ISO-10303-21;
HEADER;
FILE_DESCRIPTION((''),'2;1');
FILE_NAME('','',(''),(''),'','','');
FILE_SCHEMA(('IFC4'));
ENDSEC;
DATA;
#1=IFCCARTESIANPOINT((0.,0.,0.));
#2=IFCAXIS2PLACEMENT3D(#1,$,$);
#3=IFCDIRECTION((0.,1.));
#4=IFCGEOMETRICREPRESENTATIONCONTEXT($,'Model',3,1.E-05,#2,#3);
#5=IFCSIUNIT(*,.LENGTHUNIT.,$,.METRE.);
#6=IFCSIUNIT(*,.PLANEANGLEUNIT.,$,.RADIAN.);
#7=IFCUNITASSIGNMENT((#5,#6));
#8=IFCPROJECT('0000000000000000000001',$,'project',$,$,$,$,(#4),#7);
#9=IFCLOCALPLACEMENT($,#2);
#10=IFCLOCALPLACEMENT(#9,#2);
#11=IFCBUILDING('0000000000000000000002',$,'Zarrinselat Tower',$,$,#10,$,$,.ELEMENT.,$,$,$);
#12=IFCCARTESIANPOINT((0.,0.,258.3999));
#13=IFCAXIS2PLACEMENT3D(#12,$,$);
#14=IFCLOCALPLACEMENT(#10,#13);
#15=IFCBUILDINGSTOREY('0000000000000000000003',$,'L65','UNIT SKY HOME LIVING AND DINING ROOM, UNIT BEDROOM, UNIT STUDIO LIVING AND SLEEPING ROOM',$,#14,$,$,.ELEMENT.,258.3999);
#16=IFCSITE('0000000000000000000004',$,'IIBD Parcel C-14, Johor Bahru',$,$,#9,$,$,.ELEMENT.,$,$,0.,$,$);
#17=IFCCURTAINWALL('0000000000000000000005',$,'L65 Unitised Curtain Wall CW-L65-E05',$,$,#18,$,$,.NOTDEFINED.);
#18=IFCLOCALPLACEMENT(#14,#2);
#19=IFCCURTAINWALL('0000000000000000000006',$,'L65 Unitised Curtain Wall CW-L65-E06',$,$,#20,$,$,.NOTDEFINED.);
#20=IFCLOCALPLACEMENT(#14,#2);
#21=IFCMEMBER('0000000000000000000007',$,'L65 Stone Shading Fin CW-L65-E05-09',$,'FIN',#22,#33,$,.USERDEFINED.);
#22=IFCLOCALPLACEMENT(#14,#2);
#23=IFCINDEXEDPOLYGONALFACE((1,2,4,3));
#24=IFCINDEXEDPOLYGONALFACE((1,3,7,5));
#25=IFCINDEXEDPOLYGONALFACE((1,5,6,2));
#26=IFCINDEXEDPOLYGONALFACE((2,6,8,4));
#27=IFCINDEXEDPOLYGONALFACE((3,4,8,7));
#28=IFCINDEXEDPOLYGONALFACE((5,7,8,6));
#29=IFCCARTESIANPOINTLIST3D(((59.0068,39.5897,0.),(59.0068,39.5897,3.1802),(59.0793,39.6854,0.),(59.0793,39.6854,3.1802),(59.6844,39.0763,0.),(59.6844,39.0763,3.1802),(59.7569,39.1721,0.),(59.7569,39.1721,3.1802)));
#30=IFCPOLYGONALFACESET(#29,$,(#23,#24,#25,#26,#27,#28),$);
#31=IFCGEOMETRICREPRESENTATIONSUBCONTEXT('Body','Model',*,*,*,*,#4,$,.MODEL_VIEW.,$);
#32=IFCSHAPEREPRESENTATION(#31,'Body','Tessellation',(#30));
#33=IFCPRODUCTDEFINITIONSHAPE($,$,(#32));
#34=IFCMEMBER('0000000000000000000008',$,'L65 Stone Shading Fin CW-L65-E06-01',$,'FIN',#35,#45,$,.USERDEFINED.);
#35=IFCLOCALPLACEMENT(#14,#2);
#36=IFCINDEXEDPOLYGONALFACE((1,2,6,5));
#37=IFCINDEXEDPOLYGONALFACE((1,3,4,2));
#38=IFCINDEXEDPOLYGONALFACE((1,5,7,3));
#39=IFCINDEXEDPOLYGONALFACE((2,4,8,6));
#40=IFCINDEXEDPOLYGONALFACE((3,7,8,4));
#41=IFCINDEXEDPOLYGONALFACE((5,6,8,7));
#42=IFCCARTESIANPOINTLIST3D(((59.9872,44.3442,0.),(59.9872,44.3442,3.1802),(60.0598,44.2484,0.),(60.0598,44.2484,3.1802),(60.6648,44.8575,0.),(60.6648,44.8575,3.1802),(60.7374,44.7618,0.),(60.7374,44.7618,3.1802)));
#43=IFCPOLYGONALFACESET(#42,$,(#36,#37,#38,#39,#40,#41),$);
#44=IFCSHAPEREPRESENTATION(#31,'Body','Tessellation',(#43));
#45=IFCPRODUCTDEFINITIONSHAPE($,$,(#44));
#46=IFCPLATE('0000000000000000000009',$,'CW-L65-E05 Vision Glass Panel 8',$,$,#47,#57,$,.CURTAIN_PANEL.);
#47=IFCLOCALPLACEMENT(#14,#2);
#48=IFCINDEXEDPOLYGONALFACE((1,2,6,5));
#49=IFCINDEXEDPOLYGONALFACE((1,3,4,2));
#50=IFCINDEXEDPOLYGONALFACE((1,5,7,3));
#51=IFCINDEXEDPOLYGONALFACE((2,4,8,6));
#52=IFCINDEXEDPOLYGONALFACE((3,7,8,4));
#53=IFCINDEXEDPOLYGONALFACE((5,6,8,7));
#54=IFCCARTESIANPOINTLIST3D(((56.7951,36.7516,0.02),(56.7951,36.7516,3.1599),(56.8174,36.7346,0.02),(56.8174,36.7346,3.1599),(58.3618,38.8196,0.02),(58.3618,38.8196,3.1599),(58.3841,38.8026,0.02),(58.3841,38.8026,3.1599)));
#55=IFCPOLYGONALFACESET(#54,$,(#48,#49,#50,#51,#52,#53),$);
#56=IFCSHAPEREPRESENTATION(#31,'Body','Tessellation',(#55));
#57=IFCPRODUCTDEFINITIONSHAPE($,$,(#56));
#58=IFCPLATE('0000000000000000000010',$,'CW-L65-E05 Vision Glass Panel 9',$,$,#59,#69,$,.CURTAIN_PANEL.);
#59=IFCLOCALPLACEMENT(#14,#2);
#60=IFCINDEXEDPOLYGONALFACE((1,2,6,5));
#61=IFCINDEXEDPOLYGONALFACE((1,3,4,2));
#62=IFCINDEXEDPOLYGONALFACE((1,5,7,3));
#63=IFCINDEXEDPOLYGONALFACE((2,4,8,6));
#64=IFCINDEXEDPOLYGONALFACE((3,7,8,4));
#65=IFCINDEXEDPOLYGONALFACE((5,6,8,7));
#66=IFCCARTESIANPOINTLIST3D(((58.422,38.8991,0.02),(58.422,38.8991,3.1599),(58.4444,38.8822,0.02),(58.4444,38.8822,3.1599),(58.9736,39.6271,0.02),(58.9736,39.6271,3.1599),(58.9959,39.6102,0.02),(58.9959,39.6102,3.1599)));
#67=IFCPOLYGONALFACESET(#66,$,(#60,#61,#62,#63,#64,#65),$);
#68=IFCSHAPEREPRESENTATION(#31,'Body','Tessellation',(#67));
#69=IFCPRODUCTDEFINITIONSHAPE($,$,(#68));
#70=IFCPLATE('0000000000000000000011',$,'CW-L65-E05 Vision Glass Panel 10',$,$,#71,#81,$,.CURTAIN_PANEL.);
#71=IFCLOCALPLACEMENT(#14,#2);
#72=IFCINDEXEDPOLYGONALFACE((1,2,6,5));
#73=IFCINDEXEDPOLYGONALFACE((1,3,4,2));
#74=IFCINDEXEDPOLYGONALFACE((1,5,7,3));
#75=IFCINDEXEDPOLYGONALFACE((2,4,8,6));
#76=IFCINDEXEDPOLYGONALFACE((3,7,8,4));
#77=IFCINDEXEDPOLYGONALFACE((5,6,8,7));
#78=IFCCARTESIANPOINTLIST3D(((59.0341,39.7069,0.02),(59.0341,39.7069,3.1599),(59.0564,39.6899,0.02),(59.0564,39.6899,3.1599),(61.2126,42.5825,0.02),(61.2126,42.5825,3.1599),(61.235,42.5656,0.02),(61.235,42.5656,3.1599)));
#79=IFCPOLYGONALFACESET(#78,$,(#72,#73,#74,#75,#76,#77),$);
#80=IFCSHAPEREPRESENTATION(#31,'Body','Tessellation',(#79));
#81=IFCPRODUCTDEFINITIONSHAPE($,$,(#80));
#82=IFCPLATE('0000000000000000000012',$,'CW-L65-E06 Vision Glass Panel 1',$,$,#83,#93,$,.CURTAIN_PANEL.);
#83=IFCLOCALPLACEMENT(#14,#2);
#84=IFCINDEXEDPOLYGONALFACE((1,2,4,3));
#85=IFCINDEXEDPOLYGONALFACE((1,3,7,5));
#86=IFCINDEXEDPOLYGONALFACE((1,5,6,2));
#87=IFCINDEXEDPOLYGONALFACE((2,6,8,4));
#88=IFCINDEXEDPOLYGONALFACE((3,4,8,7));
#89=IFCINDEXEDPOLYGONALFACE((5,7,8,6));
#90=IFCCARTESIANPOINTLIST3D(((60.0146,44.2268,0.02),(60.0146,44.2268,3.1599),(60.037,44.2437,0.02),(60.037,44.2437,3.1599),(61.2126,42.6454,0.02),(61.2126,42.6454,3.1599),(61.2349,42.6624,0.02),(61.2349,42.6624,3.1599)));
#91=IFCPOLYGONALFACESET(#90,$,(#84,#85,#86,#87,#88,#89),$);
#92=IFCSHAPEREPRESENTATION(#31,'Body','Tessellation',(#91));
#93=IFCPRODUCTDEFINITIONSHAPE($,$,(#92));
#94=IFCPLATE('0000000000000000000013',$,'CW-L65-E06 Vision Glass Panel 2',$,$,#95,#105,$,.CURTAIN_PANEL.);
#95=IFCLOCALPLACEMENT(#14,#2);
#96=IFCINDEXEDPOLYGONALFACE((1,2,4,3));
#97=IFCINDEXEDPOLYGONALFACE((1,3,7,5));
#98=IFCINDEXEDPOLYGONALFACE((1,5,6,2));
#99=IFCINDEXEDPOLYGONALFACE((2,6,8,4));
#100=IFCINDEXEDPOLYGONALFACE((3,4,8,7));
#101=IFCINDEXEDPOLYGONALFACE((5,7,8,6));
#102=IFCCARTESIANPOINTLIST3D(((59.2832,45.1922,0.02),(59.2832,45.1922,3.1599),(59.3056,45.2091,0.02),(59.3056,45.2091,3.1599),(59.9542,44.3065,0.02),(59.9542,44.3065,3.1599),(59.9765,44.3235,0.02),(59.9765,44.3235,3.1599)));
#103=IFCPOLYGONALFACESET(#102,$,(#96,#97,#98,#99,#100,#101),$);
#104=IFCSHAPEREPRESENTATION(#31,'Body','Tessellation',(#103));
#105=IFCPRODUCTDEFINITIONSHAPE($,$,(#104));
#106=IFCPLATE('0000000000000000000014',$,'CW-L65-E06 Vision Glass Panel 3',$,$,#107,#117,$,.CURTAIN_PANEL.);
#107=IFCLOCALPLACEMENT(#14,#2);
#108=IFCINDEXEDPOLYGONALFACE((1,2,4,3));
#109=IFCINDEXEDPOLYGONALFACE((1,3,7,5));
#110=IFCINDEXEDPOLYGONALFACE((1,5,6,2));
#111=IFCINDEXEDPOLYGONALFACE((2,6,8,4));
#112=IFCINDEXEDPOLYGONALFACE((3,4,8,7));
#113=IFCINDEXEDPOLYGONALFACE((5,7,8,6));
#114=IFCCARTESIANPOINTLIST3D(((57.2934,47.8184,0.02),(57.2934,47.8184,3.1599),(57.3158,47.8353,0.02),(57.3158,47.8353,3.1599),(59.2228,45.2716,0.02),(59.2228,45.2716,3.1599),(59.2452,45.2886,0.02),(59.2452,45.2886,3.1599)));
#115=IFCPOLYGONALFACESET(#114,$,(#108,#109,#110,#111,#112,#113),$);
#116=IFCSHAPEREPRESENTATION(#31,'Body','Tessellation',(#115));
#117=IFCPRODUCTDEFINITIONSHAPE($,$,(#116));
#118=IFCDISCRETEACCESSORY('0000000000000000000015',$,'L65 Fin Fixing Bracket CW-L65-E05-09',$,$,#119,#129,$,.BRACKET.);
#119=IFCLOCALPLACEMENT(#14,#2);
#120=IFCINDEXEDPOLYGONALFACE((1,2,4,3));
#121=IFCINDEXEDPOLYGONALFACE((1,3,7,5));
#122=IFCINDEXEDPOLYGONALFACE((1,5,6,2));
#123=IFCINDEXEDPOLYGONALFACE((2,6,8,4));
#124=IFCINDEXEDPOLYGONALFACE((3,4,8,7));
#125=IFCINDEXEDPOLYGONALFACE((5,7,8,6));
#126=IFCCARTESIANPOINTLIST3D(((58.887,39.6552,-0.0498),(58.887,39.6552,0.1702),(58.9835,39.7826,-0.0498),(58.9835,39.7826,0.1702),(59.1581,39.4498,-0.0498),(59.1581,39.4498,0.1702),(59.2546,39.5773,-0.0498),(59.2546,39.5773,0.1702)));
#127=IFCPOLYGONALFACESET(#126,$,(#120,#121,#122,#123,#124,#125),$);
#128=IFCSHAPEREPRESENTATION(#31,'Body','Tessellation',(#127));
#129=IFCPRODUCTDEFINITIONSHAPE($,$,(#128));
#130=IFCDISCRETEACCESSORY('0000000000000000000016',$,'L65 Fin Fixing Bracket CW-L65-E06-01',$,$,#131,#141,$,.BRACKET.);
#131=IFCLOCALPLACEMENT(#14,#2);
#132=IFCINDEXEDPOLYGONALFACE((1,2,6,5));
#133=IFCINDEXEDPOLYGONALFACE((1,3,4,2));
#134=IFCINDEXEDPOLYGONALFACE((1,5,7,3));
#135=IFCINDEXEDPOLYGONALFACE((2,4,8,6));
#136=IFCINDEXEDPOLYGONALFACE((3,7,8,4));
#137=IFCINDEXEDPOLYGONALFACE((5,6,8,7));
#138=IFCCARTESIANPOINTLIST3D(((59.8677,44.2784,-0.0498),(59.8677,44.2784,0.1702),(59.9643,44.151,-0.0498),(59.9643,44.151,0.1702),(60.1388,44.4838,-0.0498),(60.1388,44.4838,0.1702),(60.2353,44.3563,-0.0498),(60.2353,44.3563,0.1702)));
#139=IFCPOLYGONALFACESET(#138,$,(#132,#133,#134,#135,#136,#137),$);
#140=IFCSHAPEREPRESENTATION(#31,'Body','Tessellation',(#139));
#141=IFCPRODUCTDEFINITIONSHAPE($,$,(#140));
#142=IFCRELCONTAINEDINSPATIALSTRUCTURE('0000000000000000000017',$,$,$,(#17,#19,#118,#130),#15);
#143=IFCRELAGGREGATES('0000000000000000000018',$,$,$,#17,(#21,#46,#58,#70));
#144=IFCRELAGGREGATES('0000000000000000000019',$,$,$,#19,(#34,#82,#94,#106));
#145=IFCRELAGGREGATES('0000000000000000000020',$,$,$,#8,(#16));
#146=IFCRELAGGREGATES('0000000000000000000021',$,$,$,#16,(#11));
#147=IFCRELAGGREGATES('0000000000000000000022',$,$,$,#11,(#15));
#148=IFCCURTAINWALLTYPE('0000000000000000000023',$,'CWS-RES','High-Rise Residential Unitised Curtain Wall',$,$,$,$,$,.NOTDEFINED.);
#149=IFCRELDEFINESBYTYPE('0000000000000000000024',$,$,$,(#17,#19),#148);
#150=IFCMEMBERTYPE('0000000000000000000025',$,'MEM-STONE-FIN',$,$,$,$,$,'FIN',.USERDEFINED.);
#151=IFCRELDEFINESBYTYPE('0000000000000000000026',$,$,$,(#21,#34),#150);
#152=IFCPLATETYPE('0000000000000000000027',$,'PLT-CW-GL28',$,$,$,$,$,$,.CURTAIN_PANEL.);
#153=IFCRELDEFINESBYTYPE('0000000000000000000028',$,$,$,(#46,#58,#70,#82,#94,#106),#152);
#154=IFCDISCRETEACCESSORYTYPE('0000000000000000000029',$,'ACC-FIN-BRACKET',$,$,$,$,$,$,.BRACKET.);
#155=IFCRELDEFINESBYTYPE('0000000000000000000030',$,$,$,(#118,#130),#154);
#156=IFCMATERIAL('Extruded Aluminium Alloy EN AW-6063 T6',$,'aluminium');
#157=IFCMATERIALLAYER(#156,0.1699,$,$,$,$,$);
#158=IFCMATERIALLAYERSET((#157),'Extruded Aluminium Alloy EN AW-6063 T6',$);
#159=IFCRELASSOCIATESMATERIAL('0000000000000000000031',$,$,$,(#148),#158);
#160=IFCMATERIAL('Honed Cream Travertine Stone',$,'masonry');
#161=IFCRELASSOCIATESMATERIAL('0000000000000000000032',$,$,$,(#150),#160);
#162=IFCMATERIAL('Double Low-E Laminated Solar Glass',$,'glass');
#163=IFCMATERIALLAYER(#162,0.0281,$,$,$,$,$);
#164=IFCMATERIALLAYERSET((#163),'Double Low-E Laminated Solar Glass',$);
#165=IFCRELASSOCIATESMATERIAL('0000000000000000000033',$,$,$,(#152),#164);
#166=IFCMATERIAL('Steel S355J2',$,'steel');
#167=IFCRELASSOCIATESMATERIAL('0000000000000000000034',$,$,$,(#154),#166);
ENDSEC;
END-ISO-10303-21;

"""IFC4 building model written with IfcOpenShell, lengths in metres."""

from ifc_helpers import new_model, si_unit, direction, frame, origin, origin_2d, place, context, subcontext, project, spatial, rectangle, extrude, material, layer, layer_set, material_profile, profile_set, type_object, element, aggregate, save


model = new_model("IFC4")

# Units and contexts
model_context = context("Model", 3, precision=1e-05, world=origin(), true_north=direction((0.0, 1.0)))
body_context = subcontext(model_context, "Body", "Model", "MODEL_VIEW")
ifc_project = project(units=[si_unit("LENGTHUNIT", "METRE"), si_unit("PLANEANGLEUNIT", "RADIAN")], contexts=[model_context])

# Site, building, storey
site_placement = place(None, origin())
site = spatial("IfcSite", under=ifc_project, at=site_placement, Name="IIBD Parcel C-14, Johor Bahru", CompositionType="ELEMENT", RefElevation=0.0)
building_placement = place(site_placement, origin())
building = spatial("IfcBuilding", under=site, at=building_placement, Name="Zarrinselat Tower", CompositionType="ELEMENT")
storey_placement = place(building_placement, frame((0.0, 0.0, 258.3999)))
storey = spatial("IfcBuildingStorey", under=building, at=storey_placement, Name="L65", Description="UNIT SKY HOME LIVING AND DINING ROOM, UNIT BEDROOM, UNIT STUDIO LIVING AND SLEEPING ROOM", CompositionType="ELEMENT", Elevation=258.3999)

# Shared definitions
ifc_material_1 = material(Name="Extruded Aluminium Alloy EN AW-6063 T6", Category="aluminium")
ifc_layer_1 = layer(ifc_material_1, 0.1699)
ifc_layer_set_1 = layer_set([ifc_layer_1], Name="Extruded Aluminium Alloy EN AW-6063 T6")
curtain_wall_type = type_object("IfcCurtainWallType", Name="CWS-RES", Description="High-Rise Residential Unitised Curtain Wall", PredefinedType="NOTDEFINED", material=ifc_layer_set_1)

# Curtain walls
curtain_wall_1_placement = place(storey_placement, origin())
curtain_wall_1 = element("IfcCurtainWall", 1, at=curtain_wall_1_placement, inside=storey, type_object=curtain_wall_type, Name="L65 Unitised Curtain Wall CW-L65-E05", PredefinedType="NOTDEFINED")
curtain_wall_2_placement = place(storey_placement, origin())
curtain_wall_2 = element("IfcCurtainWall", 2, at=curtain_wall_2_placement, inside=storey, type_object=curtain_wall_type, Name="L65 Unitised Curtain Wall CW-L65-E06", PredefinedType="NOTDEFINED")

# Members
ifc_material_2 = material(Name="Honed Cream Travertine Stone", Category="masonry")
ifc_material_profile_1 = material_profile(ifc_material_2, rectangle(XDim=0.1201, YDim=0.8501, at=origin_2d()), Name="FIN 850x120")
ifc_profile_set_1 = profile_set([ifc_material_profile_1], Name="Honed Cream Travertine Stone")
member_type_1 = type_object("IfcMemberType", Name="MEM-STONE-FIN", ElementType="FIN", PredefinedType="USERDEFINED", material=ifc_profile_set_1)
member_1_placement = place(storey_placement, frame((59.3818, 39.3809, 0.0), z_axis=(0.0, 0.0, 1.0), x_axis=(-0.60386, -0.797091, 0.0)))
member_1 = element("IfcMember", 3, at=member_1_placement, type_object=member_type_1, Name="L65 Stone Shading Fin CW-L65-E05-09", ObjectType="FIN", PredefinedType="USERDEFINED", context=body_context, shape_type="SweptSolid", body=[
    extrude(rectangle(XDim=0.1201, YDim=0.8501, at=origin_2d()), origin(), (0.0, 0.0, 1.0), 3.1802),
])
member_2_placement = place(storey_placement, frame((60.3623, 44.553, 0.0), z_axis=(0.0, 0.0, 1.0), x_axis=(0.603858, -0.797092, 0.0)))
member_2 = element("IfcMember", 4, at=member_2_placement, type_object=member_type_1, Name="L65 Stone Shading Fin CW-L65-E06-01", ObjectType="FIN", PredefinedType="USERDEFINED", context=body_context, shape_type="SweptSolid", body=[
    extrude(rectangle(XDim=0.1201, YDim=0.8501, at=origin_2d()), origin(), (0.0, 0.0, 1.0), 3.1802),
])

# Plates
ifc_material_3 = material(Name="Double Low-E Laminated Solar Glass", Category="glass")
ifc_layer_2 = layer(ifc_material_3, 0.0281)
ifc_layer_set_2 = layer_set([ifc_layer_2], Name="Double Low-E Laminated Solar Glass")
plate_type = type_object("IfcPlateType", Name="PLT-CW-GL28", PredefinedType="CURTAIN_PANEL", material=ifc_layer_set_2)
plate_1_placement = place(storey_placement, frame((57.5896, 37.7771, 0.02), z_axis=(0.0, 0.0, 1.0), x_axis=(0.60386, 0.797091, 0.0)))
plate_1 = element("IfcPlate", 5, at=plate_1_placement, type_object=plate_type, Name="CW-L65-E05 Vision Glass Panel 8", PredefinedType="CURTAIN_PANEL", context=body_context, shape_type="SweptSolid", body=[
    extrude(rectangle(XDim=2.5945, YDim=0.0281, at=origin_2d()), origin(), (0.0, 0.0, 1.0), 3.1399),
])
plate_2_placement = place(storey_placement, frame((58.709, 39.2546, 0.02), z_axis=(0.0, 0.0, 1.0), x_axis=(0.60386, 0.797091, 0.0)))
plate_2 = element("IfcPlate", 6, at=plate_2_placement, type_object=plate_type, Name="CW-L65-E05 Vision Glass Panel 9", PredefinedType="CURTAIN_PANEL", context=body_context, shape_type="SweptSolid", body=[
    extrude(rectangle(XDim=0.9133, YDim=0.0281, at=origin_2d()), origin(), (0.0, 0.0, 1.0), 3.1399),
])
plate_3_placement = place(storey_placement, frame((60.1345, 41.1362, 0.02), z_axis=(0.0, 0.0, 1.0), x_axis=(0.60386, 0.797091, 0.0)))
plate_3 = element("IfcPlate", 7, at=plate_3_placement, type_object=plate_type, Name="CW-L65-E05 Vision Glass Panel 10", PredefinedType="CURTAIN_PANEL", context=body_context, shape_type="SweptSolid", body=[
    extrude(rectangle(XDim=3.6077, YDim=0.0281, at=origin_2d()), origin(), (0.0, 0.0, 1.0), 3.1399),
])
aggregate(curtain_wall_1, [member_1, plate_1, plate_2, plate_3])
plate_4_placement = place(storey_placement, frame((60.6248, 43.4446, 0.02), z_axis=(0.0, 0.0, 1.0), x_axis=(-0.603858, 0.797092, 0.0)))
plate_4 = element("IfcPlate", 8, at=plate_4_placement, type_object=plate_type, Name="CW-L65-E06 Vision Glass Panel 1", PredefinedType="CURTAIN_PANEL", context=body_context, shape_type="SweptSolid", body=[
    extrude(rectangle(XDim=1.9839, YDim=0.0281, at=origin_2d()), origin(), (0.0, 0.0, 1.0), 3.1399),
])
plate_5_placement = place(storey_placement, frame((59.6299, 44.7578, 0.02), z_axis=(0.0, 0.0, 1.0), x_axis=(-0.603858, 0.797092, 0.0)))
plate_5 = element("IfcPlate", 9, at=plate_5_placement, type_object=plate_type, Name="CW-L65-E06 Vision Glass Panel 2", PredefinedType="CURTAIN_PANEL", context=body_context, shape_type="SweptSolid", body=[
    extrude(rectangle(XDim=1.1111, YDim=0.0281, at=origin_2d()), origin(), (0.0, 0.0, 1.0), 3.1399),
])
plate_6_placement = place(storey_placement, frame((58.2693, 46.5535, 0.02), z_axis=(0.0, 0.0, 1.0), x_axis=(-0.603858, 0.797092, 0.0)))
plate_6 = element("IfcPlate", 10, at=plate_6_placement, type_object=plate_type, Name="CW-L65-E06 Vision Glass Panel 3", PredefinedType="CURTAIN_PANEL", context=body_context, shape_type="SweptSolid", body=[
    extrude(rectangle(XDim=3.1951, YDim=0.0281, at=origin_2d()), origin(), (0.0, 0.0, 1.0), 3.1399),
])
aggregate(curtain_wall_2, [member_2, plate_4, plate_5, plate_6])

# Discrete accessories
ifc_material_4 = material(Name="Steel S355J2", Category="steel")
discrete_accessory_type = type_object("IfcDiscreteAccessoryType", Name="ACC-FIN-BRACKET", PredefinedType="BRACKET", material=ifc_material_4)
for number, where, z_axis, x_axis, name in (
    (11, (59.0708, 39.6162, -0.0498), (0.0, 0.0, 1.0), (0.797091, -0.60386, 0.0), "L65 Fin Fixing Bracket CW-L65-E05-09"),
    (12, (60.0515, 44.3174, -0.0498), (0.0, 0.0, 1.0), (0.797092, 0.603858, 0.0), "L65 Fin Fixing Bracket CW-L65-E06-01"),
):
    element("IfcDiscreteAccessory", number, at=place(storey_placement, frame(where, z_axis=z_axis, x_axis=x_axis)), inside=storey, type_object=discrete_accessory_type, Name=name, PredefinedType="BRACKET", context=body_context, shape_type="SweptSolid", body=[
        extrude(rectangle(XDim=0.3401, YDim=0.1599, at=origin_2d()), origin(), (0.0, 0.0, 1.0), 0.22),
    ])

save(model, "model.ifc")
